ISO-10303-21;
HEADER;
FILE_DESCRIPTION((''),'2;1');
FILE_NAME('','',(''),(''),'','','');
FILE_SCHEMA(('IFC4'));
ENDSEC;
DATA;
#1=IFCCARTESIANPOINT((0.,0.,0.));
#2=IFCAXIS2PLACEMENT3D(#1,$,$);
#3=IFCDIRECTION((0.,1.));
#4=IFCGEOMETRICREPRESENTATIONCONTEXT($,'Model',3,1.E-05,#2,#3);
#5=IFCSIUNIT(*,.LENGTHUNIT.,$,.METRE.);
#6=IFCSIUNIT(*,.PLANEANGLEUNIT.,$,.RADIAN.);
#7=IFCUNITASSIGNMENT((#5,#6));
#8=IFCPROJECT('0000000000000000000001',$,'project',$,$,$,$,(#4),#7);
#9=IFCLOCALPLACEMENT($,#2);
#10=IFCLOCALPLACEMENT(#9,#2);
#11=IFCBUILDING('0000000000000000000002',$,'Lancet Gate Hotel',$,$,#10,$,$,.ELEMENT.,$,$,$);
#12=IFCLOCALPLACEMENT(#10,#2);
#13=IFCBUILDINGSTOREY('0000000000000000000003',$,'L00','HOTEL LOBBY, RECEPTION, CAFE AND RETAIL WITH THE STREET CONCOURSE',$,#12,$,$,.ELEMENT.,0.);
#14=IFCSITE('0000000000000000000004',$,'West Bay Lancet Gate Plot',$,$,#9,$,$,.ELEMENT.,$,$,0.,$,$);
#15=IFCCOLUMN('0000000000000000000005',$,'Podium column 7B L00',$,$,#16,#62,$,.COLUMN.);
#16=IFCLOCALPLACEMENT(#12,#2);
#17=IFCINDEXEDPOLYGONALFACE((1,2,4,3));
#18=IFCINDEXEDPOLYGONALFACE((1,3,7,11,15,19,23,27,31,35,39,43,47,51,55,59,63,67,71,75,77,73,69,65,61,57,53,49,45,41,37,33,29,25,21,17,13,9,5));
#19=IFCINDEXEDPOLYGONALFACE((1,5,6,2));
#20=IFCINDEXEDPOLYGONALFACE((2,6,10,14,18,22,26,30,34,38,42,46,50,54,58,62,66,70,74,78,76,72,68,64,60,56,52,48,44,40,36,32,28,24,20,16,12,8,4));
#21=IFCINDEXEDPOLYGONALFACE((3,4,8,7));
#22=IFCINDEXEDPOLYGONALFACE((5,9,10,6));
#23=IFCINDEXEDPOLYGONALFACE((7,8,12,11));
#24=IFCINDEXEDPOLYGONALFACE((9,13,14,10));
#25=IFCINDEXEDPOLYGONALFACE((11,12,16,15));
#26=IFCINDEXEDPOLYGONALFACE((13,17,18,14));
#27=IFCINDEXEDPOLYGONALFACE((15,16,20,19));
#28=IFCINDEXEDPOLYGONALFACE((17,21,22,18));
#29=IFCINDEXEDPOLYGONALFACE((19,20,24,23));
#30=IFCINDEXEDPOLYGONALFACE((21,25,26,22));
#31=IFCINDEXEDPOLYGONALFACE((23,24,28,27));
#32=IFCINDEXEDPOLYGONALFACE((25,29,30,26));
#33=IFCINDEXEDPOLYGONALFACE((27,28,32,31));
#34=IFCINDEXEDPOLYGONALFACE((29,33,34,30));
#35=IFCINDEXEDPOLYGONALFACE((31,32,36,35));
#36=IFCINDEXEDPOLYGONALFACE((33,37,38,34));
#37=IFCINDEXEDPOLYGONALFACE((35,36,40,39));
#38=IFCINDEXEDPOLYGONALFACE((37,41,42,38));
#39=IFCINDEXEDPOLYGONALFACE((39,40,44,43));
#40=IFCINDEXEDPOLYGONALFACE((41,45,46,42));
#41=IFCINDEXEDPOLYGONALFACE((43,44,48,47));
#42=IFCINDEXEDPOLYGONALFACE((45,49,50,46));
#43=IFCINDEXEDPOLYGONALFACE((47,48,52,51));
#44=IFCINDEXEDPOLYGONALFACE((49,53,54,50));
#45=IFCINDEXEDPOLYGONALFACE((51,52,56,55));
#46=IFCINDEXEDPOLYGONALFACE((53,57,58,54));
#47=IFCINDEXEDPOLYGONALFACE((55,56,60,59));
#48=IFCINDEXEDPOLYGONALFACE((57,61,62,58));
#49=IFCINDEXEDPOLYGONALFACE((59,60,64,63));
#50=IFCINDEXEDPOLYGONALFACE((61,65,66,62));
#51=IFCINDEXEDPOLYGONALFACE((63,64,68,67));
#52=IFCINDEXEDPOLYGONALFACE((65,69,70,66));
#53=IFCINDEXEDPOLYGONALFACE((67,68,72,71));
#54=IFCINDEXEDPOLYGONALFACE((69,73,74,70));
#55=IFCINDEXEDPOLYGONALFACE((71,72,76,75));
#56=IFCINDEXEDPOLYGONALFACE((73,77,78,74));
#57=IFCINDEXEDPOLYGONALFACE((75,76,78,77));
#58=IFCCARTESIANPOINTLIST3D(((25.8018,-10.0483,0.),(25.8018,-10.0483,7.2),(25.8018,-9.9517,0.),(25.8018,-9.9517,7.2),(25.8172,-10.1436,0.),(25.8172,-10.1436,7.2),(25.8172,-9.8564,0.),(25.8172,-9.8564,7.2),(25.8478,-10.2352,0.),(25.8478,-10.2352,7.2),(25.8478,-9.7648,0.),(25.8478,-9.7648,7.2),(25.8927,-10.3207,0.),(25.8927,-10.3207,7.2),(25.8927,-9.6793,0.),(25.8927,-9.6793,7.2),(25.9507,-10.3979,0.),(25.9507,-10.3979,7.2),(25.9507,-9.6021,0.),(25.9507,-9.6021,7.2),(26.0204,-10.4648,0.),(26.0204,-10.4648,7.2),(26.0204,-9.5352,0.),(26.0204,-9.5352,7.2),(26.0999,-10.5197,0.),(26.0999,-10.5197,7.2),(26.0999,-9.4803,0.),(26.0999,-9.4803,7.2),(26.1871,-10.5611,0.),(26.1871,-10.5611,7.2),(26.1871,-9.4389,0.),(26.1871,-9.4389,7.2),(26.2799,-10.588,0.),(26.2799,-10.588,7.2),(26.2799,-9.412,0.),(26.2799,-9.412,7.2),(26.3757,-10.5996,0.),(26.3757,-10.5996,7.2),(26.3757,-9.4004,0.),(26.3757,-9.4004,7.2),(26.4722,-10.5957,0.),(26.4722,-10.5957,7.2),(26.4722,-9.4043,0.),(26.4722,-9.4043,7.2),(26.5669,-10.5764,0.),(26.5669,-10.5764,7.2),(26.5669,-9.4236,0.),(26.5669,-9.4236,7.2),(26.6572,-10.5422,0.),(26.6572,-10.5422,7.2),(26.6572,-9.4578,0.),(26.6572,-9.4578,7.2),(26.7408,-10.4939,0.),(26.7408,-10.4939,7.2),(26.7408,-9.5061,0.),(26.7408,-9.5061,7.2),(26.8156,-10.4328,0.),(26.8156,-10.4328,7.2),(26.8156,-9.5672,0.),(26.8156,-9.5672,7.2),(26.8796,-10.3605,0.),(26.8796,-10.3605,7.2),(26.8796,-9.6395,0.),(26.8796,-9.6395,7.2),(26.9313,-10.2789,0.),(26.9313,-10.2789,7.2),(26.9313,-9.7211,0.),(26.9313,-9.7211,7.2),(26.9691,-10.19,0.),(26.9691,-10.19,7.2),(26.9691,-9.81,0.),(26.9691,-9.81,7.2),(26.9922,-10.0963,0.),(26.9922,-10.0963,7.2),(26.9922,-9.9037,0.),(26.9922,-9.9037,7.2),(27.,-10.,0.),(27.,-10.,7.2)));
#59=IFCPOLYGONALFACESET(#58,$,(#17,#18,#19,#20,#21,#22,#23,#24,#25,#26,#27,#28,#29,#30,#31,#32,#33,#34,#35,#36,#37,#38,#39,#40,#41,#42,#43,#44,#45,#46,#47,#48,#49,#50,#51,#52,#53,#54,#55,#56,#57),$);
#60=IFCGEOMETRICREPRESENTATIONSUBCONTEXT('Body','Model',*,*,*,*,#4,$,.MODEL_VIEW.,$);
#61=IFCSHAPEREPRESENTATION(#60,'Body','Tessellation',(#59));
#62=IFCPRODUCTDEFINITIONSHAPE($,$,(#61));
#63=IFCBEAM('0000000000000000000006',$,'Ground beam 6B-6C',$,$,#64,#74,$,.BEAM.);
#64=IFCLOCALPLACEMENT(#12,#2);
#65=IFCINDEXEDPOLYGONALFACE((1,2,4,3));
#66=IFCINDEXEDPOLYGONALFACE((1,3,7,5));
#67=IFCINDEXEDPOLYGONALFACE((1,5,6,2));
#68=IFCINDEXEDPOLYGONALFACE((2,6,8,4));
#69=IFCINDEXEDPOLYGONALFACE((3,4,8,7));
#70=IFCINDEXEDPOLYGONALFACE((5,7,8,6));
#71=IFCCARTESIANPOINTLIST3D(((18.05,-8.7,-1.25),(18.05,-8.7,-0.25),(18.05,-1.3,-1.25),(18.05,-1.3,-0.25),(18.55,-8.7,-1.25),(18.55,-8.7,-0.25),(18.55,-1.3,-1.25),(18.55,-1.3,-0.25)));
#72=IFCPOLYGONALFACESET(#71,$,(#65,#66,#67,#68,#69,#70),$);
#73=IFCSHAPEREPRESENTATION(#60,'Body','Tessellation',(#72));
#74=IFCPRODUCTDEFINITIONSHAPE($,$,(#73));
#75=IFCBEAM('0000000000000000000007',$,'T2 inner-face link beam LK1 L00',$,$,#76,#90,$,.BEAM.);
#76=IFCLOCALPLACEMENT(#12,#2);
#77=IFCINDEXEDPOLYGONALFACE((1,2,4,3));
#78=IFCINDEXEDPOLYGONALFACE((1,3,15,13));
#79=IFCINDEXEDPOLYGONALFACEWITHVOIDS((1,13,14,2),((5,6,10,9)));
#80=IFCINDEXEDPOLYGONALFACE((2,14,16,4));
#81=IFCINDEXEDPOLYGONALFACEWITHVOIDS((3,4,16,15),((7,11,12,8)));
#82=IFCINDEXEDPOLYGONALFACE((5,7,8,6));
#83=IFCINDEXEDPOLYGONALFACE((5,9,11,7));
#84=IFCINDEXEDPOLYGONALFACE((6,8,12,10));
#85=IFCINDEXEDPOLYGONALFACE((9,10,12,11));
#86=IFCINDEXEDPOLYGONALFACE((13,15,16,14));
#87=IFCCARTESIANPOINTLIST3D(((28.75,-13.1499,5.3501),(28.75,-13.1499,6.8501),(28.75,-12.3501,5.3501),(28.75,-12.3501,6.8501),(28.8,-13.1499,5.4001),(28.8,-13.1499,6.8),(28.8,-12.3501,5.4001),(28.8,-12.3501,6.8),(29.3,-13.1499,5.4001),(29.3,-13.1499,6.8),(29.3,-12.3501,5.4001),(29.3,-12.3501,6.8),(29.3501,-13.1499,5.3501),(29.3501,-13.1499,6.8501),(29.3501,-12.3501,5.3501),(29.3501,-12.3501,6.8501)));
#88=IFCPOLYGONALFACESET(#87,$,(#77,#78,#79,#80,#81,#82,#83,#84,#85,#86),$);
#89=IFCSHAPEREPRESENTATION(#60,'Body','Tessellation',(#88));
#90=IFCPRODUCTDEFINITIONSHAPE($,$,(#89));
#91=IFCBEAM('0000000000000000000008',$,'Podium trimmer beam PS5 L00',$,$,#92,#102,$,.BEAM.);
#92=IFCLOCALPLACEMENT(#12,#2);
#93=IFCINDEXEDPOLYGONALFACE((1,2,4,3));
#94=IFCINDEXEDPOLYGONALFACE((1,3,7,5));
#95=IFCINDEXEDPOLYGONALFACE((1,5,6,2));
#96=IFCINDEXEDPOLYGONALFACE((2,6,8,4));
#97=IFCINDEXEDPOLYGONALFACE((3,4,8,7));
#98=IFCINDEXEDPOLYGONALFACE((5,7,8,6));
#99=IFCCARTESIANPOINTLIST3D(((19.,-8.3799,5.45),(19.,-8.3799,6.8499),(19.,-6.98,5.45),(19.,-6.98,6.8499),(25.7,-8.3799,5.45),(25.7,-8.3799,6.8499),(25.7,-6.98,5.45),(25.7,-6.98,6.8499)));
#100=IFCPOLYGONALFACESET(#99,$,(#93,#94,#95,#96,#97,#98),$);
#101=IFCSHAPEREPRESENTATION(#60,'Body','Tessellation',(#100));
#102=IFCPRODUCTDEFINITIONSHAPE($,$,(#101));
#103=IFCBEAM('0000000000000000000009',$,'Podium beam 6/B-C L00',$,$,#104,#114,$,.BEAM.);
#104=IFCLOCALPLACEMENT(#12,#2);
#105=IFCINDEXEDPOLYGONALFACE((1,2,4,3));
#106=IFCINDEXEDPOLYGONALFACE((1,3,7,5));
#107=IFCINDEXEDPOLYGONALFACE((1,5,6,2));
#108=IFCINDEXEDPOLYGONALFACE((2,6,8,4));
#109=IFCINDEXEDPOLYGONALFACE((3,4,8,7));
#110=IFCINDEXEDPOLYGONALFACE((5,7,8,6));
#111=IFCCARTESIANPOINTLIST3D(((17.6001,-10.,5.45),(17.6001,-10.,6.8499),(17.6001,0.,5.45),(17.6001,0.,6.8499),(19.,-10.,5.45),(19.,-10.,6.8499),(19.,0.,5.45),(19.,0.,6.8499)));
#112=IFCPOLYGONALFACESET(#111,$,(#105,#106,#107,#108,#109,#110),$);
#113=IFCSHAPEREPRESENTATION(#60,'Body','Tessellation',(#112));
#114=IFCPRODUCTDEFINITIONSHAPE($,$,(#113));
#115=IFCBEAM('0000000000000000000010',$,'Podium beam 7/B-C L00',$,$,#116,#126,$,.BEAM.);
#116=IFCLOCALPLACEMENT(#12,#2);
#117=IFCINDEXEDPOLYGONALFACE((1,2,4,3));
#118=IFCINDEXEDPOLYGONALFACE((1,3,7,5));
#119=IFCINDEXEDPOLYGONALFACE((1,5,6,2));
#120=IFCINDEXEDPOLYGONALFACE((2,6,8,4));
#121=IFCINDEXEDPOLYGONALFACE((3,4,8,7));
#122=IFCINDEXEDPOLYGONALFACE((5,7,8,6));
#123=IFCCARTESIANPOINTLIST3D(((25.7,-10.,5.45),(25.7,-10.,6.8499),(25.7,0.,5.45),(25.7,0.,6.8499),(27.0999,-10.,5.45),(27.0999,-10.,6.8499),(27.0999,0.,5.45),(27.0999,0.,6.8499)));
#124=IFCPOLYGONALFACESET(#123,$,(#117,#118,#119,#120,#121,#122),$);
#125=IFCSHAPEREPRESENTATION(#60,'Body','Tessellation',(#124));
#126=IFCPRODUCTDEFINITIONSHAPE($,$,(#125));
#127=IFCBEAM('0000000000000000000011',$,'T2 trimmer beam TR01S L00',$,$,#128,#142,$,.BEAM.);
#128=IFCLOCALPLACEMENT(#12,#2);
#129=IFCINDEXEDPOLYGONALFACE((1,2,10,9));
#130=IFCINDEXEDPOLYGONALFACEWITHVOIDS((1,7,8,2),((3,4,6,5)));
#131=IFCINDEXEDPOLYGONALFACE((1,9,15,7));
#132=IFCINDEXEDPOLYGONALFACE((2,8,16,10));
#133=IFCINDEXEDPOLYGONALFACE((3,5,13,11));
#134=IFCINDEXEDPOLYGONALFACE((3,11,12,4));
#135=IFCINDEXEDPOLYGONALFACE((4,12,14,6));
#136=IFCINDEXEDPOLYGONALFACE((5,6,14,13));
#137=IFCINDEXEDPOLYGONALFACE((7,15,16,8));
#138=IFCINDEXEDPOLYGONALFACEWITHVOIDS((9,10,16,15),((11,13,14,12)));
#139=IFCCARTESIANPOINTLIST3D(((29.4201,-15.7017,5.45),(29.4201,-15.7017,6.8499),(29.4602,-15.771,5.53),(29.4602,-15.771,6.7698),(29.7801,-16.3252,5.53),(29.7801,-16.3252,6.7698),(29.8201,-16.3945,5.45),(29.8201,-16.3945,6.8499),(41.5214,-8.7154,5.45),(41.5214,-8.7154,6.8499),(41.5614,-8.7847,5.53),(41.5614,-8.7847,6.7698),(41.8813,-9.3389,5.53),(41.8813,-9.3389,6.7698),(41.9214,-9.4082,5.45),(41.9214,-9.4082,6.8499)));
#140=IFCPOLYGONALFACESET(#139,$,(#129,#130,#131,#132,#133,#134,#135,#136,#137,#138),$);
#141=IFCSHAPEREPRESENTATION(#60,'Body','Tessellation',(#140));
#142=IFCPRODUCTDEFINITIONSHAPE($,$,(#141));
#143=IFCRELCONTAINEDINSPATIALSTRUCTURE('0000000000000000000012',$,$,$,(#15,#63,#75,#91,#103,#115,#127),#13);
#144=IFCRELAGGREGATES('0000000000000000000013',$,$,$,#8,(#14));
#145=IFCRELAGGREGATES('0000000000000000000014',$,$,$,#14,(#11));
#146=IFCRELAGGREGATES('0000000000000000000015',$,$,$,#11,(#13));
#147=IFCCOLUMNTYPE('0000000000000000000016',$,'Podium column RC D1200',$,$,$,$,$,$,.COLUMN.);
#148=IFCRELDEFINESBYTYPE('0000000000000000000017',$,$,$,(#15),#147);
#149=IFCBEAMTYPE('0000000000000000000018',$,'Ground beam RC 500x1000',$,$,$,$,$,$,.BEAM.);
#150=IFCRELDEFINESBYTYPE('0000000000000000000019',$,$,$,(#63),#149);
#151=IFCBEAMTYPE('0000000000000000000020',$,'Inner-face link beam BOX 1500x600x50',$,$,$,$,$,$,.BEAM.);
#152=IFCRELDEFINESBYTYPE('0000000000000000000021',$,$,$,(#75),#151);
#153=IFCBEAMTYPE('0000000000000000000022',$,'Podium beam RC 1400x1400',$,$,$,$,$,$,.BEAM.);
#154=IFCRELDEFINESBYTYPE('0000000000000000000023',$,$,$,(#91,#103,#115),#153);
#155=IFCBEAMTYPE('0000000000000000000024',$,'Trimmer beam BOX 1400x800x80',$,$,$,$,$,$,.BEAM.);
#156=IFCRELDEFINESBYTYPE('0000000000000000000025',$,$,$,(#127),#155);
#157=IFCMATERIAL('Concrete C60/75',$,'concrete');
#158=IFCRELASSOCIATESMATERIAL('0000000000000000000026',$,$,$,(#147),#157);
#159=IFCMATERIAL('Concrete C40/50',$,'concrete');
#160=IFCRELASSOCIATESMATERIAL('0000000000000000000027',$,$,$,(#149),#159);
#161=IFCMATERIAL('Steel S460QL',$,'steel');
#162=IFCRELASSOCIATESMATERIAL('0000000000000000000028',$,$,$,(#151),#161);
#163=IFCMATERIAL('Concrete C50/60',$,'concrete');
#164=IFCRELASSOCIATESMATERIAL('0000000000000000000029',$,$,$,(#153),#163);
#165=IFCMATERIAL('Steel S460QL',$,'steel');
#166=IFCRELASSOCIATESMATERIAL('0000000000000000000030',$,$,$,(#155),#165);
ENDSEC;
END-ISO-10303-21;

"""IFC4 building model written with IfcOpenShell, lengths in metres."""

from ifc_helpers import new_model, si_unit, direction, frame, origin, origin_2d, place, context, subcontext, project, spatial, rectangle, hollow_rectangle, circle, extrude, material, material_profile, profile_set, type_object, element, save


model = new_model("IFC4")

# Units and contexts
model_context = context("Model", 3, precision=1e-05, world=origin(), true_north=direction((0.0, 1.0)))
body_context = subcontext(model_context, "Body", "Model", "MODEL_VIEW")
ifc_project = project(units=[si_unit("LENGTHUNIT", "METRE"), si_unit("PLANEANGLEUNIT", "RADIAN")], contexts=[model_context])

# Site, building, storey
site_placement = place(None, origin())
site = spatial("IfcSite", under=ifc_project, at=site_placement, Name="West Bay Lancet Gate Plot", CompositionType="ELEMENT", RefElevation=0.0)
building_placement = place(site_placement, origin())
building = spatial("IfcBuilding", under=site, at=building_placement, Name="Lancet Gate Hotel", CompositionType="ELEMENT")
storey_placement = place(building_placement, origin())
storey = spatial("IfcBuildingStorey", under=building, at=storey_placement, Name="L00", Description="HOTEL LOBBY, RECEPTION, CAFE AND RETAIL WITH THE STREET CONCOURSE", CompositionType="ELEMENT", Elevation=0.0)

# Column
ifc_material_1 = material(Name="Concrete C60/75", Category="concrete")
ifc_material_profile_1 = material_profile(ifc_material_1, circle(Radius=0.6001, at=origin_2d()), Name="RC D1200")
ifc_profile_set_1 = profile_set([ifc_material_profile_1], Name="Concrete C60/75")
column_type_1 = type_object("IfcColumnType", Name="Podium column RC D1200", PredefinedType="COLUMN", material=ifc_profile_set_1)
for number, where, z_axis, x_axis, name in (
    (1, (26.3999, -10.0, 0.0), (0.0, 0.0, 1.0), (1.0, 0.0, 0.0), "Podium column 7B L00"),
):
    element("IfcColumn", number, at=place(storey_placement, frame(where, z_axis=z_axis, x_axis=x_axis)), inside=storey, type_object=column_type_1, Name=name, PredefinedType="COLUMN", context=body_context, shape_type="SweptSolid", body=[
        extrude(circle(Radius=0.6001, at=origin_2d()), origin(), (0.0, 0.0, 1.0), 7.2),
    ])

# Beams
ifc_material_2 = material(Name="Concrete C40/50", Category="concrete")
ifc_material_profile_2 = material_profile(ifc_material_2, rectangle(XDim=0.5, YDim=1.0, at=origin_2d()), Name="RC 500x1000")
ifc_profile_set_2 = profile_set([ifc_material_profile_2], Name="Concrete C40/50")
beam_type_1 = type_object("IfcBeamType", Name="Ground beam RC 500x1000", PredefinedType="BEAM", material=ifc_profile_set_2)
beam_1_placement = place(storey_placement, frame((18.3, -8.7, -0.75), z_axis=(0.0, 1.0, 0.0), x_axis=(-1.0, 0.0, 0.0)))
element("IfcBeam", 2, at=beam_1_placement, inside=storey, type_object=beam_type_1, Name="Ground beam 6B-6C", PredefinedType="BEAM", context=body_context, shape_type="SweptSolid", body=[
    extrude(rectangle(XDim=0.5, YDim=1.0, at=origin_2d()), origin(), (0.0, 0.0, 1.0), 7.3999),
])
ifc_material_3 = material(Name="Steel S460QL", Category="steel")
ifc_material_profile_3 = material_profile(ifc_material_3, hollow_rectangle(XDim=0.6001, YDim=1.5, WallThickness=0.05, at=origin_2d()), Name="BOX 1500x600x50")
ifc_profile_set_3 = profile_set([ifc_material_profile_3], Name="Steel S460QL")
beam_type_2 = type_object("IfcBeamType", Name="Inner-face link beam BOX 1500x600x50", PredefinedType="BEAM", material=ifc_profile_set_3)
beam_2_placement = place(storey_placement, frame((29.05, -13.1499, 6.1001), z_axis=(0.0, 1.0, 0.0), x_axis=(-1.0, 0.0, 0.0)))
element("IfcBeam", 3, at=beam_2_placement, inside=storey, type_object=beam_type_2, Name="T2 inner-face link beam LK1 L00", PredefinedType="BEAM", context=body_context, shape_type="SweptSolid", body=[
    extrude(hollow_rectangle(XDim=0.6001, YDim=1.5, WallThickness=0.05, at=origin_2d()), origin(), (0.0, 0.0, 1.0), 0.7998),
])
ifc_material_4 = material(Name="Concrete C50/60", Category="concrete")
ifc_material_profile_4 = material_profile(ifc_material_4, rectangle(XDim=1.3999, YDim=1.3999, at=origin_2d()), Name="RC 1400x1400")
ifc_profile_set_4 = profile_set([ifc_material_profile_4], Name="Concrete C50/60")
beam_type_3 = type_object("IfcBeamType", Name="Podium beam RC 1400x1400", PredefinedType="BEAM", material=ifc_profile_set_4)
beam_3_placement = place(storey_placement, frame((19.0, -7.6799, 6.1499), z_axis=(1.0, 0.0, 0.0), x_axis=(0.0, 1.0, 0.0)))
element("IfcBeam", 4, at=beam_3_placement, inside=storey, type_object=beam_type_3, Name="Podium trimmer beam PS5 L00", PredefinedType="BEAM", context=body_context, shape_type="SweptSolid", body=[
    extrude(rectangle(XDim=1.3999, YDim=1.3999, at=origin_2d()), origin(), (0.0, 0.0, 1.0), 6.7),
])
for number, where, z_axis, x_axis, name in (
    (5, (18.3, -10.0, 6.1499), (0.0, 1.0, 0.0), (-1.0, 0.0, 0.0), "Podium beam 6/B-C L00"),
    (6, (26.3999, -10.0, 6.1499), (0.0, 1.0, 0.0), (-1.0, 0.0, 0.0), "Podium beam 7/B-C L00"),
):
    element("IfcBeam", number, at=place(storey_placement, frame(where, z_axis=z_axis, x_axis=x_axis)), inside=storey, type_object=beam_type_3, Name=name, PredefinedType="BEAM", context=body_context, shape_type="SweptSolid", body=[
        extrude(rectangle(XDim=1.3999, YDim=1.3999, at=origin_2d()), origin(), (0.0, 0.0, 1.0), 10.0),
    ])
ifc_material_5 = material(Name="Steel S460QL", Category="steel")
ifc_material_profile_5 = material_profile(ifc_material_5, hollow_rectangle(XDim=0.8, YDim=1.3999, WallThickness=0.0801, at=origin_2d()), Name="BOX 1400x800x80")
ifc_profile_set_5 = profile_set([ifc_material_profile_5], Name="Steel S460QL")
beam_type_4 = type_object("IfcBeamType", Name="Trimmer beam BOX 1400x800x80", PredefinedType="BEAM", material=ifc_profile_set_5)
beam_4_placement = place(storey_placement, frame((29.6201, -16.0481, 6.1499), z_axis=(0.866037, 0.49998, 0.0), x_axis=(-0.49998, 0.866037, 0.0)))
element("IfcBeam", 7, at=beam_4_placement, inside=storey, type_object=beam_type_4, Name="T2 trimmer beam TR01S L00", PredefinedType="BEAM", context=body_context, shape_type="SweptSolid", body=[
    extrude(hollow_rectangle(XDim=0.8, YDim=1.3999, WallThickness=0.0801, at=origin_2d()), origin(), (0.0, 0.0, 1.0), 13.9731),
])

save(model, "model.ifc")
